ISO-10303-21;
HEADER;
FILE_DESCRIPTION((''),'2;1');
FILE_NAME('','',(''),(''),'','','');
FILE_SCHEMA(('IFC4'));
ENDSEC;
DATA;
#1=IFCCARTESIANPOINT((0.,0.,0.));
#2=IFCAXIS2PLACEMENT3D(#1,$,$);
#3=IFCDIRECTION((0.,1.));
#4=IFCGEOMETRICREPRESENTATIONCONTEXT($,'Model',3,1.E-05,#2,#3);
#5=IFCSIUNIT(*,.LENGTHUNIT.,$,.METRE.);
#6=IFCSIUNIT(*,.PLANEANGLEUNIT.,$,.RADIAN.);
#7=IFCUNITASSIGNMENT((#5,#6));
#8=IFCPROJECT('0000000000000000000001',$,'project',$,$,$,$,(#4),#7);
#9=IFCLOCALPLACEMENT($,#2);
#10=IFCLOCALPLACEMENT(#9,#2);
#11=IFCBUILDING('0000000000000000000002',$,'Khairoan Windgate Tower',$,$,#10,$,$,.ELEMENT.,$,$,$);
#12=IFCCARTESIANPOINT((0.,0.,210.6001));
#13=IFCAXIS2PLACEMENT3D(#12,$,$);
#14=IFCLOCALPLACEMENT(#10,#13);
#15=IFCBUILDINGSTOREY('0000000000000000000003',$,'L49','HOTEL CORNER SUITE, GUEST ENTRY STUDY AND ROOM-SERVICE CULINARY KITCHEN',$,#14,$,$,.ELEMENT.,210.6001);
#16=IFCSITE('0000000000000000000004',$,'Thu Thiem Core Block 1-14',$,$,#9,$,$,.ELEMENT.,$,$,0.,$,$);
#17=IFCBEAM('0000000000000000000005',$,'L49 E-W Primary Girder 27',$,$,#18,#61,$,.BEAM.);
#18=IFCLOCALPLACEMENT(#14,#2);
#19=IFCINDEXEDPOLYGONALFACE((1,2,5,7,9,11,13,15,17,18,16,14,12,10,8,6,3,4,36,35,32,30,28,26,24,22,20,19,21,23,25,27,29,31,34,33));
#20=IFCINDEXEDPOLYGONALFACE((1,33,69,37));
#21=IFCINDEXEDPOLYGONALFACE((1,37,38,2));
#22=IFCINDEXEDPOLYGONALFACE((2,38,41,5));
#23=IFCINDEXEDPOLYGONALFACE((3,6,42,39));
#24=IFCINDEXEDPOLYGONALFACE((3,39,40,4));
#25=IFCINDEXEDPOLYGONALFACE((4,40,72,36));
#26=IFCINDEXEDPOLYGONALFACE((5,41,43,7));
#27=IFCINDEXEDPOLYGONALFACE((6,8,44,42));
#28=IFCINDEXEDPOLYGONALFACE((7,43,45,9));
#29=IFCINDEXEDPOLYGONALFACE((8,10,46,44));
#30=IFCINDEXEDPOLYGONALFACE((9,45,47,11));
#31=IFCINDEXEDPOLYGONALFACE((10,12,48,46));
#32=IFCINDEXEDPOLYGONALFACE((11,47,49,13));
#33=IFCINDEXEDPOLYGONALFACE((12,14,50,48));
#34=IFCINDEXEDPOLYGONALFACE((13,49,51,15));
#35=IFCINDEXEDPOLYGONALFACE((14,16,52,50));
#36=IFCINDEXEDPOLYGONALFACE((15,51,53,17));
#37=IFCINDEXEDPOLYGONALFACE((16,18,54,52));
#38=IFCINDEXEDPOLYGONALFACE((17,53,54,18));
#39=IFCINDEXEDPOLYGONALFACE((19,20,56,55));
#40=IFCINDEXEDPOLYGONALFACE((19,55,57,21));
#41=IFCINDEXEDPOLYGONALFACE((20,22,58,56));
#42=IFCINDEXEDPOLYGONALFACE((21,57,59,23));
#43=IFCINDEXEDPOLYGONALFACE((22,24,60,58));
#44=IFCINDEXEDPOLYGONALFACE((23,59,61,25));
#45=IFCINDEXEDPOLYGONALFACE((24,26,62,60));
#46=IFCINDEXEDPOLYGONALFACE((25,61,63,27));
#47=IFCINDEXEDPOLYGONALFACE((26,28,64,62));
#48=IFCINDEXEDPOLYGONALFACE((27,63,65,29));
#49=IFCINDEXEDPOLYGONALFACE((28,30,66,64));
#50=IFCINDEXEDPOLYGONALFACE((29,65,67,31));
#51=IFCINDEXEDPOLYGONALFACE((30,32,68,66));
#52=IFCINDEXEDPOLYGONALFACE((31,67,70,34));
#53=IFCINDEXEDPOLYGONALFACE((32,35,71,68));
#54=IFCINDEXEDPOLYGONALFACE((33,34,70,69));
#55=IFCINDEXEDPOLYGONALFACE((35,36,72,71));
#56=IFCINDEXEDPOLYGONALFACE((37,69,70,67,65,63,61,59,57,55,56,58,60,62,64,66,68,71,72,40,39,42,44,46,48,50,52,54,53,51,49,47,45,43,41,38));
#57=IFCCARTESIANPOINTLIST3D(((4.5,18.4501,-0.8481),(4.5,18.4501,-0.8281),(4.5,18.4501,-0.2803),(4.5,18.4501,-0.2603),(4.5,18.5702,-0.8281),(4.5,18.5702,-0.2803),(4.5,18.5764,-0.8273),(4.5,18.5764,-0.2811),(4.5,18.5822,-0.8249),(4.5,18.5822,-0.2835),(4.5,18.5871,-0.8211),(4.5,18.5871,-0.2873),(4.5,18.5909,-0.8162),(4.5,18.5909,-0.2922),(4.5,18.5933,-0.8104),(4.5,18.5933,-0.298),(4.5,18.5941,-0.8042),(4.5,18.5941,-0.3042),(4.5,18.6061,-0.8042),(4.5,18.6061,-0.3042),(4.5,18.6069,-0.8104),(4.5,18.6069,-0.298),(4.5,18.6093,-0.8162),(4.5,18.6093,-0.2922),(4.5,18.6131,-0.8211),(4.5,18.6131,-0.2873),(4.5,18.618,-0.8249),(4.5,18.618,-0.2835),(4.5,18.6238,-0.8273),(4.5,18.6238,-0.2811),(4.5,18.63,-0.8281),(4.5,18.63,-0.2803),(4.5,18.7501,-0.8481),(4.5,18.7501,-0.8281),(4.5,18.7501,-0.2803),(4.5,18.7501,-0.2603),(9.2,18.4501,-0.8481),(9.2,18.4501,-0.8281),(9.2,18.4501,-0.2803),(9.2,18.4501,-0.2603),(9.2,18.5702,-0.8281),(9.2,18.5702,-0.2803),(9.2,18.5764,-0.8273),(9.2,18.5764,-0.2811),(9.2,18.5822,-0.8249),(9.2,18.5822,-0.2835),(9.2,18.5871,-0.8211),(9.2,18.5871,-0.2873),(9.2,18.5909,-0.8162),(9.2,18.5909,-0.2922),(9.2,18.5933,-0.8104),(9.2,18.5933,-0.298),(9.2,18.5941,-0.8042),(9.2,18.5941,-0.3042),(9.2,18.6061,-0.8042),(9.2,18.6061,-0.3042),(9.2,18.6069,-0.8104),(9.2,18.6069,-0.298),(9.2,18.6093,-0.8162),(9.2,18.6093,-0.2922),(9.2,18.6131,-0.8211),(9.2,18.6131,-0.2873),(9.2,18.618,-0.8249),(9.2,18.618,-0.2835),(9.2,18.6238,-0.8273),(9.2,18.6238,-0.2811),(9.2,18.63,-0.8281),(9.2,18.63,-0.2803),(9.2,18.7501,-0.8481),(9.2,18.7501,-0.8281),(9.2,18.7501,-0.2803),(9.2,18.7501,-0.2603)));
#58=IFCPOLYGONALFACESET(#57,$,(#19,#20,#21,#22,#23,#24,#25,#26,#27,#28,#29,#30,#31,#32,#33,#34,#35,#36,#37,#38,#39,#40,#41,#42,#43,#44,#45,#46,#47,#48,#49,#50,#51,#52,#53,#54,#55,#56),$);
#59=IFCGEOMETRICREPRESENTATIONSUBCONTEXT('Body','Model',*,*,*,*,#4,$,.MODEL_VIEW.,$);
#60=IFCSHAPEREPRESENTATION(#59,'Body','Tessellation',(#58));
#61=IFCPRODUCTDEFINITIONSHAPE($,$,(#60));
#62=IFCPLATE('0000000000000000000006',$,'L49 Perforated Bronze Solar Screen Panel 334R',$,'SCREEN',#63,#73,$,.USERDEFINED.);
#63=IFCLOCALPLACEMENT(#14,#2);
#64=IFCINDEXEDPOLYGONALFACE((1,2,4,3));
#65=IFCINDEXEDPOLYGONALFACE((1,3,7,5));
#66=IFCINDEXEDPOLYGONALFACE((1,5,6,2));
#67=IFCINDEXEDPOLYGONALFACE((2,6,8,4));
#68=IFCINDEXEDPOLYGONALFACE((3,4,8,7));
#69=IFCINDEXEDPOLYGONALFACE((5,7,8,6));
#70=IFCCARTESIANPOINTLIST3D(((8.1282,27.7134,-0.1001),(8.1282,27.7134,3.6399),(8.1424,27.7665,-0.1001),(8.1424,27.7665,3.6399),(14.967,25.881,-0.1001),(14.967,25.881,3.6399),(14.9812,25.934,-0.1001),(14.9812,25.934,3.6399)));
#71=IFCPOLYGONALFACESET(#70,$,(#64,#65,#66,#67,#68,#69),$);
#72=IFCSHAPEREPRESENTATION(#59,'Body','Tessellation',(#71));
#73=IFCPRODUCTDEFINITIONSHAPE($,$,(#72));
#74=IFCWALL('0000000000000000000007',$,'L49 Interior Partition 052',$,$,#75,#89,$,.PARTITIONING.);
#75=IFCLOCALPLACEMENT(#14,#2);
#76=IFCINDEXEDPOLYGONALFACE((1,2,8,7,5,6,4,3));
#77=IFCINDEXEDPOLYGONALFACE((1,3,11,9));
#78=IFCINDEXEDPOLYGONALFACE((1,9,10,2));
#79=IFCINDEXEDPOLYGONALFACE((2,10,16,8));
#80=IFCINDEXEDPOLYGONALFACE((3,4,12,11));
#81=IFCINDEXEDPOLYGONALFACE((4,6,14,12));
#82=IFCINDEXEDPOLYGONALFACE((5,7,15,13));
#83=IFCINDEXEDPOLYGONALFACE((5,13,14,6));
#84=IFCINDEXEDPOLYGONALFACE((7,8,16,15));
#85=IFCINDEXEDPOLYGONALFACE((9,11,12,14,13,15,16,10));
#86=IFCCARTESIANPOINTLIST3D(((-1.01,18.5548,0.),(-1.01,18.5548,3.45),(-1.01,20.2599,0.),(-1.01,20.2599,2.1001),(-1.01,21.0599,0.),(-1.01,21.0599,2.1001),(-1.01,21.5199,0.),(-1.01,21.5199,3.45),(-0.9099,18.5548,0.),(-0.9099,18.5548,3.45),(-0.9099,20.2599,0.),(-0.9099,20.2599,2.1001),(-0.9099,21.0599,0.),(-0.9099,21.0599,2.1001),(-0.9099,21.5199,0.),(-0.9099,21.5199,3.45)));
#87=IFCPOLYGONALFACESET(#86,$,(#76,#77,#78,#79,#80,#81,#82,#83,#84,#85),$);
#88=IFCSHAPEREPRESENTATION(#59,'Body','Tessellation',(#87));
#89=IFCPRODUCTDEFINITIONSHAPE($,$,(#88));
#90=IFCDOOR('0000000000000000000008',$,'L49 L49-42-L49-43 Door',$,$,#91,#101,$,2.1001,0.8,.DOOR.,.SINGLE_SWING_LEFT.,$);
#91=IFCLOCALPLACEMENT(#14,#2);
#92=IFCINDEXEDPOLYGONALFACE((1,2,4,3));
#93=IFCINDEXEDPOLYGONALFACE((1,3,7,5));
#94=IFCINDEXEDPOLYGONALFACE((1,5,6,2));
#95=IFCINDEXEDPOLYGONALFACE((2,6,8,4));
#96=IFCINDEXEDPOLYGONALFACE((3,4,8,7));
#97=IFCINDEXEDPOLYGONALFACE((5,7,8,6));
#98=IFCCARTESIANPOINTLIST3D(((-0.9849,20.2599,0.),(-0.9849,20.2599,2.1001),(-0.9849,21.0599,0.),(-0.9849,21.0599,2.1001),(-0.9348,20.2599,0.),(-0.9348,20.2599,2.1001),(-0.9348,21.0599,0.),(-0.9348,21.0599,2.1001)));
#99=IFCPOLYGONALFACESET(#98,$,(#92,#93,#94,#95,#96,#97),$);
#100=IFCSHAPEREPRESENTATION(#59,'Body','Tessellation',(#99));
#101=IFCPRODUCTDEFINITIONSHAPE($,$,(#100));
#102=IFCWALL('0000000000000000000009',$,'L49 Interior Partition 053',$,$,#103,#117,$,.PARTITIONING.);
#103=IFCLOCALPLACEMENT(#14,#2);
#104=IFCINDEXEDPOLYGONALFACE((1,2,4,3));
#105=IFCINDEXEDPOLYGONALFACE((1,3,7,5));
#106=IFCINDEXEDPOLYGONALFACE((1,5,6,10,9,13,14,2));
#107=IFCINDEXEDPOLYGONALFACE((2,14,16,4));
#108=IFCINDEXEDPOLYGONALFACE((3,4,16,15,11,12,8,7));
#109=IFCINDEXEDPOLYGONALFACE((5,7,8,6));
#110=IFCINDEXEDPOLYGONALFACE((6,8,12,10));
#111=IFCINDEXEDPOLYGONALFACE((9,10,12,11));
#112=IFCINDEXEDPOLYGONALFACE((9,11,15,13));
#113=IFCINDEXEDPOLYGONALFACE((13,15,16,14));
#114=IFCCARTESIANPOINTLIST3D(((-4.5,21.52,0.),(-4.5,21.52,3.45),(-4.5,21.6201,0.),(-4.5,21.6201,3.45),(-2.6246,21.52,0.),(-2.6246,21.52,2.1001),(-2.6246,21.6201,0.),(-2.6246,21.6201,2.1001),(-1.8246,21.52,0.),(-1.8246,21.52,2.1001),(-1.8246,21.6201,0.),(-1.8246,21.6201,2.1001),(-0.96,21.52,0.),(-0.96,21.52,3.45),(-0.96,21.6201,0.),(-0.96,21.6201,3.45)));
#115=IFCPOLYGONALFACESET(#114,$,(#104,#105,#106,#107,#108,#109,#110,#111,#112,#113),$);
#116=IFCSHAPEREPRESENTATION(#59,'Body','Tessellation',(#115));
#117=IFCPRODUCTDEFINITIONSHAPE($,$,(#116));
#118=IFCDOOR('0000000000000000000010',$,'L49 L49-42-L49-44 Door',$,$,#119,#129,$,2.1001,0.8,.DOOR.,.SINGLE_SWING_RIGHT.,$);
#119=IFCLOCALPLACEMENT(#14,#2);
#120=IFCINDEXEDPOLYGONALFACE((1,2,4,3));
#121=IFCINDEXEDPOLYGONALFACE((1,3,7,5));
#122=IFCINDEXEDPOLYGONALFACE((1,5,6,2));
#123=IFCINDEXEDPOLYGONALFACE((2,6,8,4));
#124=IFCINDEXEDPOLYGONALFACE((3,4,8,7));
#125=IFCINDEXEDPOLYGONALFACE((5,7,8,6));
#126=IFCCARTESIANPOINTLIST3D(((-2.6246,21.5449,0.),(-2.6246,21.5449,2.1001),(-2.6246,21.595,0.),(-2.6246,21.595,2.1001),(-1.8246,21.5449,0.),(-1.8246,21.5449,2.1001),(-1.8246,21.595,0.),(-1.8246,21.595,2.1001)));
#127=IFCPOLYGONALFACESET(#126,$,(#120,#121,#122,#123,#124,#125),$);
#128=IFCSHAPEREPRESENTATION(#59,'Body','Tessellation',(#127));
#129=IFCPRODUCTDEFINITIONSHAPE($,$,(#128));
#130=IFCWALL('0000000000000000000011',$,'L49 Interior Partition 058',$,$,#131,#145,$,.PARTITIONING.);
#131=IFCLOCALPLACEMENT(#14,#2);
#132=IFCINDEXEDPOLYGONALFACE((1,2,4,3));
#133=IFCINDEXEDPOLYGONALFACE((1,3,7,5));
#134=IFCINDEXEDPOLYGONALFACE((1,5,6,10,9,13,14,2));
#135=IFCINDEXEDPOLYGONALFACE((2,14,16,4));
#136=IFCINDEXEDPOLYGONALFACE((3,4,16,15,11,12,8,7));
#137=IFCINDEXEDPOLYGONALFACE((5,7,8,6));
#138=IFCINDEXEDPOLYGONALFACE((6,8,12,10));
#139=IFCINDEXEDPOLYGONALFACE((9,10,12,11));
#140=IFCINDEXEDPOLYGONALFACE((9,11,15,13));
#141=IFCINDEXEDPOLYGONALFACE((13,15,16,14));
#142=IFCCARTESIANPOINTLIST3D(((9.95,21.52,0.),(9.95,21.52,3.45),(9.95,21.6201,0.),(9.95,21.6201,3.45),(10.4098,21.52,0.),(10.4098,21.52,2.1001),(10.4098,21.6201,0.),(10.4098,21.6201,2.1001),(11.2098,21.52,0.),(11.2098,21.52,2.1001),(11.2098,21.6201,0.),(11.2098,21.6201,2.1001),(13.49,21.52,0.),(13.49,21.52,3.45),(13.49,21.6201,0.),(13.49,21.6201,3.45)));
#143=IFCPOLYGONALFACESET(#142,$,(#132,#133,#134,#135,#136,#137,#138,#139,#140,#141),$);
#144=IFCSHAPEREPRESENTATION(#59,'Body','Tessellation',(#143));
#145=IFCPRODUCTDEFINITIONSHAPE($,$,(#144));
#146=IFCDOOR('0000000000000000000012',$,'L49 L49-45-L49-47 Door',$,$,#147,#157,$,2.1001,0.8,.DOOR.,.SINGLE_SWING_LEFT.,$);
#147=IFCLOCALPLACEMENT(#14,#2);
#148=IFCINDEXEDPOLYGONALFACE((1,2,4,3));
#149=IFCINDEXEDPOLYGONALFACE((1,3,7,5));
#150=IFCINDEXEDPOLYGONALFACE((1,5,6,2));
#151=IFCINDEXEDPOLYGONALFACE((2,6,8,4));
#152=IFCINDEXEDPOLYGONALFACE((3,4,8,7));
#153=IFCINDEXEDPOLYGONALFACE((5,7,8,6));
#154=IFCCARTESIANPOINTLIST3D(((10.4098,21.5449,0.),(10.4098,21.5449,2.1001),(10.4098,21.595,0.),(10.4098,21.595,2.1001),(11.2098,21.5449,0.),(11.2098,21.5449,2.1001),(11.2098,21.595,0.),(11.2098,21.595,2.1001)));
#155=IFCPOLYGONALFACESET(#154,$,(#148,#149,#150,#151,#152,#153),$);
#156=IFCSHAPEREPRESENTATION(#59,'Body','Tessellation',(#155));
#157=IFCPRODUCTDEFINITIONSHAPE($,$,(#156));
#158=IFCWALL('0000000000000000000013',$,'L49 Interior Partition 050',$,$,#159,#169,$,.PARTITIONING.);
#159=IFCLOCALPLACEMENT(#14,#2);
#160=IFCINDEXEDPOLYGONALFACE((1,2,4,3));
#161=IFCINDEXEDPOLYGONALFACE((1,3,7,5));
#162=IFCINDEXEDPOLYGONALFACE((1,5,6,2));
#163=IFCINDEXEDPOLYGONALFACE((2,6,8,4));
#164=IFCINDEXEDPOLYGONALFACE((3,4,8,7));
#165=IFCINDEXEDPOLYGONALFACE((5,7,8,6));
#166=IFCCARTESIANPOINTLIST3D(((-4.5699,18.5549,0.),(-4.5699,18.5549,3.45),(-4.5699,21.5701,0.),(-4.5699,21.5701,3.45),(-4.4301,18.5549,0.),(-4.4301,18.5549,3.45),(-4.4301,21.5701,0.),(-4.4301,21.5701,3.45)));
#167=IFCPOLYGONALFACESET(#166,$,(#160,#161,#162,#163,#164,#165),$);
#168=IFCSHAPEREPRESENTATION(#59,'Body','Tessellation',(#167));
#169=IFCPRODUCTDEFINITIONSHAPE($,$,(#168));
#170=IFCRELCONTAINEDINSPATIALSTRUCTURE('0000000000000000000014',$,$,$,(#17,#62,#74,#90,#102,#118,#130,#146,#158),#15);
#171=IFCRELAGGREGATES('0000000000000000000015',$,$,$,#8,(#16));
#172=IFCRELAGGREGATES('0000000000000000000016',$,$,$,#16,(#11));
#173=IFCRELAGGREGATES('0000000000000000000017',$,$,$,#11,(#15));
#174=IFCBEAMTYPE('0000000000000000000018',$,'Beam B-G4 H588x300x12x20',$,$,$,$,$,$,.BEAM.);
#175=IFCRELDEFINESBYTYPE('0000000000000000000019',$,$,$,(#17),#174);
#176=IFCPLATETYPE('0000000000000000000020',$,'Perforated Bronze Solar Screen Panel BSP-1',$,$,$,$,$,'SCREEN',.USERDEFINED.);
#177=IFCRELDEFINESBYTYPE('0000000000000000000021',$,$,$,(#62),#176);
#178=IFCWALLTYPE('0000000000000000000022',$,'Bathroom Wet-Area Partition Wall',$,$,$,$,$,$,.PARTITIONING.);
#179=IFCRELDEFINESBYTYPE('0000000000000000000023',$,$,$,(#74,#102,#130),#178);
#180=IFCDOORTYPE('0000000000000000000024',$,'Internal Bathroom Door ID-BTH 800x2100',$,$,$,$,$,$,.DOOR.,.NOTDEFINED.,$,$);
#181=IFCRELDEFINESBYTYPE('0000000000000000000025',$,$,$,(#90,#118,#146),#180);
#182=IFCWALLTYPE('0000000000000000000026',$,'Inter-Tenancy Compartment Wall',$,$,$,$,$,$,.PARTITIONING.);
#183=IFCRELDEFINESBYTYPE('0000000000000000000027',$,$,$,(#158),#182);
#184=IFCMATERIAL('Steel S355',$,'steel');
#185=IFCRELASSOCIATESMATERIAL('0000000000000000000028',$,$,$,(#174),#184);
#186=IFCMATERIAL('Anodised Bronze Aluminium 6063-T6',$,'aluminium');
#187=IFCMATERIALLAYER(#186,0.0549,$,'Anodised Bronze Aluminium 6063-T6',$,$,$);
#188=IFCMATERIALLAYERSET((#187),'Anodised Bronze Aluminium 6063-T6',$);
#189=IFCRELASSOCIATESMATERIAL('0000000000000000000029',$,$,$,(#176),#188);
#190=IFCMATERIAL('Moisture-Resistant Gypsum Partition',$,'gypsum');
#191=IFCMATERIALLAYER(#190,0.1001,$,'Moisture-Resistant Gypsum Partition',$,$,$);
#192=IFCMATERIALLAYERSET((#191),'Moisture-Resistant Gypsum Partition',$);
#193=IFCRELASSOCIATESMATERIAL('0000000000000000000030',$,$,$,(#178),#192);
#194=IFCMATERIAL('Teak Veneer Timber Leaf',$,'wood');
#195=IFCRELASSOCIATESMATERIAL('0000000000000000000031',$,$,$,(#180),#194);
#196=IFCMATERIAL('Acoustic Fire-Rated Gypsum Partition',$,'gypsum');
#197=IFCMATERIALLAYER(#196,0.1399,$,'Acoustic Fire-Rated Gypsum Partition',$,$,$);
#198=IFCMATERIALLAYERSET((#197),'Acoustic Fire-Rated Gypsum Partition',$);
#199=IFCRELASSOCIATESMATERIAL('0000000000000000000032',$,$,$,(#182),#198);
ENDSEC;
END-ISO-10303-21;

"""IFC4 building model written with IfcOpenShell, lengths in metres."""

from ifc_helpers import new_model, si_unit, direction, frame, frame_2d, origin, origin_2d, place, context, subcontext, project, spatial, rectangle, i_section, extrude, material, layer, layer_set, material_profile, profile_set, type_object, element, fill, save


model = new_model("IFC4")

# Units and contexts
model_context = context("Model", 3, precision=1e-05, world=origin(), true_north=direction((0.0, 1.0)))
body_context = subcontext(model_context, "Body", "Model", "MODEL_VIEW")
ifc_project = project(units=[si_unit("LENGTHUNIT", "METRE"), si_unit("PLANEANGLEUNIT", "RADIAN")], contexts=[model_context])

# Site, building, storey
site_placement = place(None, origin())
site = spatial("IfcSite", under=ifc_project, at=site_placement, Name="Thu Thiem Core Block 1-14", CompositionType="ELEMENT", RefElevation=0.0)
building_placement = place(site_placement, origin())
building = spatial("IfcBuilding", under=site, at=building_placement, Name="Khairoan Windgate Tower", CompositionType="ELEMENT")
storey_placement = place(building_placement, frame((0.0, 0.0, 210.6001)))
storey = spatial("IfcBuildingStorey", under=building, at=storey_placement, Name="L49", Description="HOTEL CORNER SUITE, GUEST ENTRY STUDY AND ROOM-SERVICE CULINARY KITCHEN", CompositionType="ELEMENT", Elevation=210.6001)

# Beam
ifc_material_1 = material(Name="Steel S355", Category="steel")
ifc_material_profile_1 = material_profile(ifc_material_1, i_section(OverallWidth=0.3, OverallDepth=0.5879, WebThickness=0.012, FlangeThickness=0.02, FilletRadius=0.0239, at=origin_2d()))
ifc_profile_set_1 = profile_set([ifc_material_profile_1], Name="Steel S355")
beam_type = type_object("IfcBeamType", Name="Beam B-G4 H588x300x12x20", PredefinedType="BEAM", material=ifc_profile_set_1)
beam_placement = place(storey_placement, frame((4.5, 18.6001, -0.5542), z_axis=(1.0, 0.0, 0.0), x_axis=(0.0, 1.0, 0.0)))
element("IfcBeam", 1, at=beam_placement, inside=storey, type_object=beam_type, Name="L49 E-W Primary Girder 27", PredefinedType="BEAM", context=body_context, shape_type="SweptSolid", body=[
    extrude(i_section(OverallWidth=0.3, OverallDepth=0.5879, WebThickness=0.012, FlangeThickness=0.02, FilletRadius=0.0239, at=origin_2d()), origin(), (0.0, 0.0, 1.0), 4.7),
])

# Plate
ifc_material_2 = material(Name="Anodised Bronze Aluminium 6063-T6", Category="aluminium")
ifc_layer_1 = layer(ifc_material_2, 0.0549, Name="Anodised Bronze Aluminium 6063-T6")
ifc_layer_set_1 = layer_set([ifc_layer_1], Name="Anodised Bronze Aluminium 6063-T6")
plate_type = type_object("IfcPlateType", Name="Perforated Bronze Solar Screen Panel BSP-1", ElementType="SCREEN", PredefinedType="USERDEFINED", material=ifc_layer_set_1)
plate_placement = place(storey_placement, frame((11.5547, 26.8237, -0.1001), z_axis=(0.0, 0.0, 1.0), x_axis=(0.965926, -0.258819, 0.0)))
element("IfcPlate", 2, at=plate_placement, inside=storey, type_object=plate_type, Name="L49 Perforated Bronze Solar Screen Panel 334R", ObjectType="SCREEN", PredefinedType="USERDEFINED", context=body_context, shape_type="SweptSolid", body=[
    extrude(rectangle(XDim=7.0801, YDim=0.0549, at=origin_2d()), origin(), (0.0, 0.0, 1.0), 3.74),
])

# Walls, openings, doors
ifc_material_3 = material(Name="Moisture-Resistant Gypsum Partition", Category="gypsum")
ifc_layer_2 = layer(ifc_material_3, 0.1001, Name="Moisture-Resistant Gypsum Partition")
ifc_layer_set_2 = layer_set([ifc_layer_2], Name="Moisture-Resistant Gypsum Partition")
wall_type_1 = type_object("IfcWallType", Name="Bathroom Wet-Area Partition Wall", PredefinedType="PARTITIONING", material=ifc_layer_set_2)
wall_1_placement = place(storey_placement, frame((-0.96, 18.5549, 0.0), z_axis=(0.0, 0.0, 1.0), x_axis=(0.0, 1.0, 0.0)))
wall_1 = element("IfcWall", 3, at=wall_1_placement, inside=storey, type_object=wall_type_1, Name="L49 Interior Partition 052", PredefinedType="PARTITIONING", context=body_context, shape_type="SweptSolid", body=[
    extrude(rectangle(XDim=2.9651, YDim=0.1001, at=frame_2d((1.4824, 0.0))), origin(), (0.0, 0.0, 1.0), 3.45),
])
opening_1_placement = place(wall_1_placement, frame((1.7051, 0.0, 0.0)))
opening_1 = element("IfcOpeningElement", 4, at=opening_1_placement, cuts=wall_1, PredefinedType="OPENING", context=body_context, shape_type="SweptSolid", body=[
    extrude(rectangle(XDim=0.8, YDim=2.1001, at=frame_2d((0.3999, 1.05))), frame((0.0, 0.0601, 0.0), z_axis=(0.0, -1.0, 0.0), x_axis=(1.0, 0.0, 0.0)), (0.0, 0.0, 1.0), 0.1201),
])
ifc_material_4 = material(Name="Teak Veneer Timber Leaf", Category="wood")
door_type_1 = type_object("IfcDoorType", Name="Internal Bathroom Door ID-BTH 800x2100", OperationType="NOTDEFINED", PredefinedType="DOOR", material=ifc_material_4)
door_1_placement = place(opening_1_placement, origin())
door_1 = element("IfcDoor", 5, at=door_1_placement, inside=storey, type_object=door_type_1, Name="L49 L49-42-L49-43 Door", OperationType="SINGLE_SWING_LEFT", OverallHeight=2.1001, OverallWidth=0.8, PredefinedType="DOOR", context=body_context, shape_type="SweptSolid", body=[
    extrude(rectangle(XDim=0.8, YDim=2.1001, at=frame_2d((0.3999, 1.05))), frame((0.0, 0.0249, 0.0), z_axis=(0.0, -1.0, 0.0), x_axis=(1.0, 0.0, 0.0)), (0.0, 0.0, 1.0), 0.05),
])
fill(opening_1, door_1)
wall_2_placement = place(storey_placement, frame((-4.5, 21.5701, 0.0), z_axis=(0.0, 0.0, 1.0), x_axis=(1.0, 0.0, 0.0)))
wall_2 = element("IfcWall", 6, at=wall_2_placement, inside=storey, type_object=wall_type_1, Name="L49 Interior Partition 053", PredefinedType="PARTITIONING", context=body_context, shape_type="SweptSolid", body=[
    extrude(rectangle(XDim=3.54, YDim=0.1001, at=frame_2d((1.77, 0.0))), origin(), (0.0, 0.0, 1.0), 3.45),
])
opening_2_placement = place(wall_2_placement, frame((1.8755, 0.0, 0.0)))
opening_2 = element("IfcOpeningElement", 7, at=opening_2_placement, cuts=wall_2, PredefinedType="OPENING", context=body_context, shape_type="SweptSolid", body=[
    extrude(rectangle(XDim=0.8, YDim=2.1001, at=frame_2d((0.3999, 1.05))), frame((0.0, 0.0601, 0.0), z_axis=(0.0, -1.0, 0.0), x_axis=(1.0, 0.0, 0.0)), (0.0, 0.0, 1.0), 0.1201),
])
door_2_placement = place(opening_2_placement, origin())
door_2 = element("IfcDoor", 8, at=door_2_placement, inside=storey, type_object=door_type_1, Name="L49 L49-42-L49-44 Door", OperationType="SINGLE_SWING_RIGHT", OverallHeight=2.1001, OverallWidth=0.8, PredefinedType="DOOR", context=body_context, shape_type="SweptSolid", body=[
    extrude(rectangle(XDim=0.8, YDim=2.1001, at=frame_2d((0.3999, 1.05))), frame((0.0, 0.0249, 0.0), z_axis=(0.0, -1.0, 0.0), x_axis=(1.0, 0.0, 0.0)), (0.0, 0.0, 1.0), 0.05),
])
fill(opening_2, door_2)
wall_3_placement = place(storey_placement, frame((9.95, 21.5701, 0.0), z_axis=(0.0, 0.0, 1.0), x_axis=(1.0, 0.0, 0.0)))
wall_3 = element("IfcWall", 9, at=wall_3_placement, inside=storey, type_object=wall_type_1, Name="L49 Interior Partition 058", PredefinedType="PARTITIONING", context=body_context, shape_type="SweptSolid", body=[
    extrude(rectangle(XDim=3.54, YDim=0.1001, at=frame_2d((1.77, 0.0))), origin(), (0.0, 0.0, 1.0), 3.45),
])
opening_3_placement = place(wall_3_placement, frame((0.46, 0.0, 0.0)))
opening_3 = element("IfcOpeningElement", 10, at=opening_3_placement, cuts=wall_3, PredefinedType="OPENING", context=body_context, shape_type="SweptSolid", body=[
    extrude(rectangle(XDim=0.8, YDim=2.1001, at=frame_2d((0.3999, 1.05))), frame((0.0, 0.0601, 0.0), z_axis=(0.0, -1.0, 0.0), x_axis=(1.0, 0.0, 0.0)), (0.0, 0.0, 1.0), 0.1201),
])
door_3_placement = place(opening_3_placement, origin())
door_3 = element("IfcDoor", 11, at=door_3_placement, inside=storey, type_object=door_type_1, Name="L49 L49-45-L49-47 Door", OperationType="SINGLE_SWING_LEFT", OverallHeight=2.1001, OverallWidth=0.8, PredefinedType="DOOR", context=body_context, shape_type="SweptSolid", body=[
    extrude(rectangle(XDim=0.8, YDim=2.1001, at=frame_2d((0.3999, 1.05))), frame((0.0, 0.0249, 0.0), z_axis=(0.0, -1.0, 0.0), x_axis=(1.0, 0.0, 0.0)), (0.0, 0.0, 1.0), 0.05),
])
fill(opening_3, door_3)

# Wall
ifc_material_5 = material(Name="Acoustic Fire-Rated Gypsum Partition", Category="gypsum")
ifc_layer_3 = layer(ifc_material_5, 0.1399, Name="Acoustic Fire-Rated Gypsum Partition")
ifc_layer_set_3 = layer_set([ifc_layer_3], Name="Acoustic Fire-Rated Gypsum Partition")
wall_type_2 = type_object("IfcWallType", Name="Inter-Tenancy Compartment Wall", PredefinedType="PARTITIONING", material=ifc_layer_set_3)
wall_4_placement = place(storey_placement, frame((-4.5, 18.5549, 0.0), z_axis=(0.0, 0.0, 1.0), x_axis=(0.0, 1.0, 0.0)))
element("IfcWall", 12, at=wall_4_placement, inside=storey, type_object=wall_type_2, Name="L49 Interior Partition 050", PredefinedType="PARTITIONING", context=body_context, shape_type="SweptSolid", body=[
    extrude(rectangle(XDim=3.0151, YDim=0.1399, at=frame_2d((1.5076, 0.0))), origin(), (0.0, 0.0, 1.0), 3.45),
])

save(model, "model.ifc")
